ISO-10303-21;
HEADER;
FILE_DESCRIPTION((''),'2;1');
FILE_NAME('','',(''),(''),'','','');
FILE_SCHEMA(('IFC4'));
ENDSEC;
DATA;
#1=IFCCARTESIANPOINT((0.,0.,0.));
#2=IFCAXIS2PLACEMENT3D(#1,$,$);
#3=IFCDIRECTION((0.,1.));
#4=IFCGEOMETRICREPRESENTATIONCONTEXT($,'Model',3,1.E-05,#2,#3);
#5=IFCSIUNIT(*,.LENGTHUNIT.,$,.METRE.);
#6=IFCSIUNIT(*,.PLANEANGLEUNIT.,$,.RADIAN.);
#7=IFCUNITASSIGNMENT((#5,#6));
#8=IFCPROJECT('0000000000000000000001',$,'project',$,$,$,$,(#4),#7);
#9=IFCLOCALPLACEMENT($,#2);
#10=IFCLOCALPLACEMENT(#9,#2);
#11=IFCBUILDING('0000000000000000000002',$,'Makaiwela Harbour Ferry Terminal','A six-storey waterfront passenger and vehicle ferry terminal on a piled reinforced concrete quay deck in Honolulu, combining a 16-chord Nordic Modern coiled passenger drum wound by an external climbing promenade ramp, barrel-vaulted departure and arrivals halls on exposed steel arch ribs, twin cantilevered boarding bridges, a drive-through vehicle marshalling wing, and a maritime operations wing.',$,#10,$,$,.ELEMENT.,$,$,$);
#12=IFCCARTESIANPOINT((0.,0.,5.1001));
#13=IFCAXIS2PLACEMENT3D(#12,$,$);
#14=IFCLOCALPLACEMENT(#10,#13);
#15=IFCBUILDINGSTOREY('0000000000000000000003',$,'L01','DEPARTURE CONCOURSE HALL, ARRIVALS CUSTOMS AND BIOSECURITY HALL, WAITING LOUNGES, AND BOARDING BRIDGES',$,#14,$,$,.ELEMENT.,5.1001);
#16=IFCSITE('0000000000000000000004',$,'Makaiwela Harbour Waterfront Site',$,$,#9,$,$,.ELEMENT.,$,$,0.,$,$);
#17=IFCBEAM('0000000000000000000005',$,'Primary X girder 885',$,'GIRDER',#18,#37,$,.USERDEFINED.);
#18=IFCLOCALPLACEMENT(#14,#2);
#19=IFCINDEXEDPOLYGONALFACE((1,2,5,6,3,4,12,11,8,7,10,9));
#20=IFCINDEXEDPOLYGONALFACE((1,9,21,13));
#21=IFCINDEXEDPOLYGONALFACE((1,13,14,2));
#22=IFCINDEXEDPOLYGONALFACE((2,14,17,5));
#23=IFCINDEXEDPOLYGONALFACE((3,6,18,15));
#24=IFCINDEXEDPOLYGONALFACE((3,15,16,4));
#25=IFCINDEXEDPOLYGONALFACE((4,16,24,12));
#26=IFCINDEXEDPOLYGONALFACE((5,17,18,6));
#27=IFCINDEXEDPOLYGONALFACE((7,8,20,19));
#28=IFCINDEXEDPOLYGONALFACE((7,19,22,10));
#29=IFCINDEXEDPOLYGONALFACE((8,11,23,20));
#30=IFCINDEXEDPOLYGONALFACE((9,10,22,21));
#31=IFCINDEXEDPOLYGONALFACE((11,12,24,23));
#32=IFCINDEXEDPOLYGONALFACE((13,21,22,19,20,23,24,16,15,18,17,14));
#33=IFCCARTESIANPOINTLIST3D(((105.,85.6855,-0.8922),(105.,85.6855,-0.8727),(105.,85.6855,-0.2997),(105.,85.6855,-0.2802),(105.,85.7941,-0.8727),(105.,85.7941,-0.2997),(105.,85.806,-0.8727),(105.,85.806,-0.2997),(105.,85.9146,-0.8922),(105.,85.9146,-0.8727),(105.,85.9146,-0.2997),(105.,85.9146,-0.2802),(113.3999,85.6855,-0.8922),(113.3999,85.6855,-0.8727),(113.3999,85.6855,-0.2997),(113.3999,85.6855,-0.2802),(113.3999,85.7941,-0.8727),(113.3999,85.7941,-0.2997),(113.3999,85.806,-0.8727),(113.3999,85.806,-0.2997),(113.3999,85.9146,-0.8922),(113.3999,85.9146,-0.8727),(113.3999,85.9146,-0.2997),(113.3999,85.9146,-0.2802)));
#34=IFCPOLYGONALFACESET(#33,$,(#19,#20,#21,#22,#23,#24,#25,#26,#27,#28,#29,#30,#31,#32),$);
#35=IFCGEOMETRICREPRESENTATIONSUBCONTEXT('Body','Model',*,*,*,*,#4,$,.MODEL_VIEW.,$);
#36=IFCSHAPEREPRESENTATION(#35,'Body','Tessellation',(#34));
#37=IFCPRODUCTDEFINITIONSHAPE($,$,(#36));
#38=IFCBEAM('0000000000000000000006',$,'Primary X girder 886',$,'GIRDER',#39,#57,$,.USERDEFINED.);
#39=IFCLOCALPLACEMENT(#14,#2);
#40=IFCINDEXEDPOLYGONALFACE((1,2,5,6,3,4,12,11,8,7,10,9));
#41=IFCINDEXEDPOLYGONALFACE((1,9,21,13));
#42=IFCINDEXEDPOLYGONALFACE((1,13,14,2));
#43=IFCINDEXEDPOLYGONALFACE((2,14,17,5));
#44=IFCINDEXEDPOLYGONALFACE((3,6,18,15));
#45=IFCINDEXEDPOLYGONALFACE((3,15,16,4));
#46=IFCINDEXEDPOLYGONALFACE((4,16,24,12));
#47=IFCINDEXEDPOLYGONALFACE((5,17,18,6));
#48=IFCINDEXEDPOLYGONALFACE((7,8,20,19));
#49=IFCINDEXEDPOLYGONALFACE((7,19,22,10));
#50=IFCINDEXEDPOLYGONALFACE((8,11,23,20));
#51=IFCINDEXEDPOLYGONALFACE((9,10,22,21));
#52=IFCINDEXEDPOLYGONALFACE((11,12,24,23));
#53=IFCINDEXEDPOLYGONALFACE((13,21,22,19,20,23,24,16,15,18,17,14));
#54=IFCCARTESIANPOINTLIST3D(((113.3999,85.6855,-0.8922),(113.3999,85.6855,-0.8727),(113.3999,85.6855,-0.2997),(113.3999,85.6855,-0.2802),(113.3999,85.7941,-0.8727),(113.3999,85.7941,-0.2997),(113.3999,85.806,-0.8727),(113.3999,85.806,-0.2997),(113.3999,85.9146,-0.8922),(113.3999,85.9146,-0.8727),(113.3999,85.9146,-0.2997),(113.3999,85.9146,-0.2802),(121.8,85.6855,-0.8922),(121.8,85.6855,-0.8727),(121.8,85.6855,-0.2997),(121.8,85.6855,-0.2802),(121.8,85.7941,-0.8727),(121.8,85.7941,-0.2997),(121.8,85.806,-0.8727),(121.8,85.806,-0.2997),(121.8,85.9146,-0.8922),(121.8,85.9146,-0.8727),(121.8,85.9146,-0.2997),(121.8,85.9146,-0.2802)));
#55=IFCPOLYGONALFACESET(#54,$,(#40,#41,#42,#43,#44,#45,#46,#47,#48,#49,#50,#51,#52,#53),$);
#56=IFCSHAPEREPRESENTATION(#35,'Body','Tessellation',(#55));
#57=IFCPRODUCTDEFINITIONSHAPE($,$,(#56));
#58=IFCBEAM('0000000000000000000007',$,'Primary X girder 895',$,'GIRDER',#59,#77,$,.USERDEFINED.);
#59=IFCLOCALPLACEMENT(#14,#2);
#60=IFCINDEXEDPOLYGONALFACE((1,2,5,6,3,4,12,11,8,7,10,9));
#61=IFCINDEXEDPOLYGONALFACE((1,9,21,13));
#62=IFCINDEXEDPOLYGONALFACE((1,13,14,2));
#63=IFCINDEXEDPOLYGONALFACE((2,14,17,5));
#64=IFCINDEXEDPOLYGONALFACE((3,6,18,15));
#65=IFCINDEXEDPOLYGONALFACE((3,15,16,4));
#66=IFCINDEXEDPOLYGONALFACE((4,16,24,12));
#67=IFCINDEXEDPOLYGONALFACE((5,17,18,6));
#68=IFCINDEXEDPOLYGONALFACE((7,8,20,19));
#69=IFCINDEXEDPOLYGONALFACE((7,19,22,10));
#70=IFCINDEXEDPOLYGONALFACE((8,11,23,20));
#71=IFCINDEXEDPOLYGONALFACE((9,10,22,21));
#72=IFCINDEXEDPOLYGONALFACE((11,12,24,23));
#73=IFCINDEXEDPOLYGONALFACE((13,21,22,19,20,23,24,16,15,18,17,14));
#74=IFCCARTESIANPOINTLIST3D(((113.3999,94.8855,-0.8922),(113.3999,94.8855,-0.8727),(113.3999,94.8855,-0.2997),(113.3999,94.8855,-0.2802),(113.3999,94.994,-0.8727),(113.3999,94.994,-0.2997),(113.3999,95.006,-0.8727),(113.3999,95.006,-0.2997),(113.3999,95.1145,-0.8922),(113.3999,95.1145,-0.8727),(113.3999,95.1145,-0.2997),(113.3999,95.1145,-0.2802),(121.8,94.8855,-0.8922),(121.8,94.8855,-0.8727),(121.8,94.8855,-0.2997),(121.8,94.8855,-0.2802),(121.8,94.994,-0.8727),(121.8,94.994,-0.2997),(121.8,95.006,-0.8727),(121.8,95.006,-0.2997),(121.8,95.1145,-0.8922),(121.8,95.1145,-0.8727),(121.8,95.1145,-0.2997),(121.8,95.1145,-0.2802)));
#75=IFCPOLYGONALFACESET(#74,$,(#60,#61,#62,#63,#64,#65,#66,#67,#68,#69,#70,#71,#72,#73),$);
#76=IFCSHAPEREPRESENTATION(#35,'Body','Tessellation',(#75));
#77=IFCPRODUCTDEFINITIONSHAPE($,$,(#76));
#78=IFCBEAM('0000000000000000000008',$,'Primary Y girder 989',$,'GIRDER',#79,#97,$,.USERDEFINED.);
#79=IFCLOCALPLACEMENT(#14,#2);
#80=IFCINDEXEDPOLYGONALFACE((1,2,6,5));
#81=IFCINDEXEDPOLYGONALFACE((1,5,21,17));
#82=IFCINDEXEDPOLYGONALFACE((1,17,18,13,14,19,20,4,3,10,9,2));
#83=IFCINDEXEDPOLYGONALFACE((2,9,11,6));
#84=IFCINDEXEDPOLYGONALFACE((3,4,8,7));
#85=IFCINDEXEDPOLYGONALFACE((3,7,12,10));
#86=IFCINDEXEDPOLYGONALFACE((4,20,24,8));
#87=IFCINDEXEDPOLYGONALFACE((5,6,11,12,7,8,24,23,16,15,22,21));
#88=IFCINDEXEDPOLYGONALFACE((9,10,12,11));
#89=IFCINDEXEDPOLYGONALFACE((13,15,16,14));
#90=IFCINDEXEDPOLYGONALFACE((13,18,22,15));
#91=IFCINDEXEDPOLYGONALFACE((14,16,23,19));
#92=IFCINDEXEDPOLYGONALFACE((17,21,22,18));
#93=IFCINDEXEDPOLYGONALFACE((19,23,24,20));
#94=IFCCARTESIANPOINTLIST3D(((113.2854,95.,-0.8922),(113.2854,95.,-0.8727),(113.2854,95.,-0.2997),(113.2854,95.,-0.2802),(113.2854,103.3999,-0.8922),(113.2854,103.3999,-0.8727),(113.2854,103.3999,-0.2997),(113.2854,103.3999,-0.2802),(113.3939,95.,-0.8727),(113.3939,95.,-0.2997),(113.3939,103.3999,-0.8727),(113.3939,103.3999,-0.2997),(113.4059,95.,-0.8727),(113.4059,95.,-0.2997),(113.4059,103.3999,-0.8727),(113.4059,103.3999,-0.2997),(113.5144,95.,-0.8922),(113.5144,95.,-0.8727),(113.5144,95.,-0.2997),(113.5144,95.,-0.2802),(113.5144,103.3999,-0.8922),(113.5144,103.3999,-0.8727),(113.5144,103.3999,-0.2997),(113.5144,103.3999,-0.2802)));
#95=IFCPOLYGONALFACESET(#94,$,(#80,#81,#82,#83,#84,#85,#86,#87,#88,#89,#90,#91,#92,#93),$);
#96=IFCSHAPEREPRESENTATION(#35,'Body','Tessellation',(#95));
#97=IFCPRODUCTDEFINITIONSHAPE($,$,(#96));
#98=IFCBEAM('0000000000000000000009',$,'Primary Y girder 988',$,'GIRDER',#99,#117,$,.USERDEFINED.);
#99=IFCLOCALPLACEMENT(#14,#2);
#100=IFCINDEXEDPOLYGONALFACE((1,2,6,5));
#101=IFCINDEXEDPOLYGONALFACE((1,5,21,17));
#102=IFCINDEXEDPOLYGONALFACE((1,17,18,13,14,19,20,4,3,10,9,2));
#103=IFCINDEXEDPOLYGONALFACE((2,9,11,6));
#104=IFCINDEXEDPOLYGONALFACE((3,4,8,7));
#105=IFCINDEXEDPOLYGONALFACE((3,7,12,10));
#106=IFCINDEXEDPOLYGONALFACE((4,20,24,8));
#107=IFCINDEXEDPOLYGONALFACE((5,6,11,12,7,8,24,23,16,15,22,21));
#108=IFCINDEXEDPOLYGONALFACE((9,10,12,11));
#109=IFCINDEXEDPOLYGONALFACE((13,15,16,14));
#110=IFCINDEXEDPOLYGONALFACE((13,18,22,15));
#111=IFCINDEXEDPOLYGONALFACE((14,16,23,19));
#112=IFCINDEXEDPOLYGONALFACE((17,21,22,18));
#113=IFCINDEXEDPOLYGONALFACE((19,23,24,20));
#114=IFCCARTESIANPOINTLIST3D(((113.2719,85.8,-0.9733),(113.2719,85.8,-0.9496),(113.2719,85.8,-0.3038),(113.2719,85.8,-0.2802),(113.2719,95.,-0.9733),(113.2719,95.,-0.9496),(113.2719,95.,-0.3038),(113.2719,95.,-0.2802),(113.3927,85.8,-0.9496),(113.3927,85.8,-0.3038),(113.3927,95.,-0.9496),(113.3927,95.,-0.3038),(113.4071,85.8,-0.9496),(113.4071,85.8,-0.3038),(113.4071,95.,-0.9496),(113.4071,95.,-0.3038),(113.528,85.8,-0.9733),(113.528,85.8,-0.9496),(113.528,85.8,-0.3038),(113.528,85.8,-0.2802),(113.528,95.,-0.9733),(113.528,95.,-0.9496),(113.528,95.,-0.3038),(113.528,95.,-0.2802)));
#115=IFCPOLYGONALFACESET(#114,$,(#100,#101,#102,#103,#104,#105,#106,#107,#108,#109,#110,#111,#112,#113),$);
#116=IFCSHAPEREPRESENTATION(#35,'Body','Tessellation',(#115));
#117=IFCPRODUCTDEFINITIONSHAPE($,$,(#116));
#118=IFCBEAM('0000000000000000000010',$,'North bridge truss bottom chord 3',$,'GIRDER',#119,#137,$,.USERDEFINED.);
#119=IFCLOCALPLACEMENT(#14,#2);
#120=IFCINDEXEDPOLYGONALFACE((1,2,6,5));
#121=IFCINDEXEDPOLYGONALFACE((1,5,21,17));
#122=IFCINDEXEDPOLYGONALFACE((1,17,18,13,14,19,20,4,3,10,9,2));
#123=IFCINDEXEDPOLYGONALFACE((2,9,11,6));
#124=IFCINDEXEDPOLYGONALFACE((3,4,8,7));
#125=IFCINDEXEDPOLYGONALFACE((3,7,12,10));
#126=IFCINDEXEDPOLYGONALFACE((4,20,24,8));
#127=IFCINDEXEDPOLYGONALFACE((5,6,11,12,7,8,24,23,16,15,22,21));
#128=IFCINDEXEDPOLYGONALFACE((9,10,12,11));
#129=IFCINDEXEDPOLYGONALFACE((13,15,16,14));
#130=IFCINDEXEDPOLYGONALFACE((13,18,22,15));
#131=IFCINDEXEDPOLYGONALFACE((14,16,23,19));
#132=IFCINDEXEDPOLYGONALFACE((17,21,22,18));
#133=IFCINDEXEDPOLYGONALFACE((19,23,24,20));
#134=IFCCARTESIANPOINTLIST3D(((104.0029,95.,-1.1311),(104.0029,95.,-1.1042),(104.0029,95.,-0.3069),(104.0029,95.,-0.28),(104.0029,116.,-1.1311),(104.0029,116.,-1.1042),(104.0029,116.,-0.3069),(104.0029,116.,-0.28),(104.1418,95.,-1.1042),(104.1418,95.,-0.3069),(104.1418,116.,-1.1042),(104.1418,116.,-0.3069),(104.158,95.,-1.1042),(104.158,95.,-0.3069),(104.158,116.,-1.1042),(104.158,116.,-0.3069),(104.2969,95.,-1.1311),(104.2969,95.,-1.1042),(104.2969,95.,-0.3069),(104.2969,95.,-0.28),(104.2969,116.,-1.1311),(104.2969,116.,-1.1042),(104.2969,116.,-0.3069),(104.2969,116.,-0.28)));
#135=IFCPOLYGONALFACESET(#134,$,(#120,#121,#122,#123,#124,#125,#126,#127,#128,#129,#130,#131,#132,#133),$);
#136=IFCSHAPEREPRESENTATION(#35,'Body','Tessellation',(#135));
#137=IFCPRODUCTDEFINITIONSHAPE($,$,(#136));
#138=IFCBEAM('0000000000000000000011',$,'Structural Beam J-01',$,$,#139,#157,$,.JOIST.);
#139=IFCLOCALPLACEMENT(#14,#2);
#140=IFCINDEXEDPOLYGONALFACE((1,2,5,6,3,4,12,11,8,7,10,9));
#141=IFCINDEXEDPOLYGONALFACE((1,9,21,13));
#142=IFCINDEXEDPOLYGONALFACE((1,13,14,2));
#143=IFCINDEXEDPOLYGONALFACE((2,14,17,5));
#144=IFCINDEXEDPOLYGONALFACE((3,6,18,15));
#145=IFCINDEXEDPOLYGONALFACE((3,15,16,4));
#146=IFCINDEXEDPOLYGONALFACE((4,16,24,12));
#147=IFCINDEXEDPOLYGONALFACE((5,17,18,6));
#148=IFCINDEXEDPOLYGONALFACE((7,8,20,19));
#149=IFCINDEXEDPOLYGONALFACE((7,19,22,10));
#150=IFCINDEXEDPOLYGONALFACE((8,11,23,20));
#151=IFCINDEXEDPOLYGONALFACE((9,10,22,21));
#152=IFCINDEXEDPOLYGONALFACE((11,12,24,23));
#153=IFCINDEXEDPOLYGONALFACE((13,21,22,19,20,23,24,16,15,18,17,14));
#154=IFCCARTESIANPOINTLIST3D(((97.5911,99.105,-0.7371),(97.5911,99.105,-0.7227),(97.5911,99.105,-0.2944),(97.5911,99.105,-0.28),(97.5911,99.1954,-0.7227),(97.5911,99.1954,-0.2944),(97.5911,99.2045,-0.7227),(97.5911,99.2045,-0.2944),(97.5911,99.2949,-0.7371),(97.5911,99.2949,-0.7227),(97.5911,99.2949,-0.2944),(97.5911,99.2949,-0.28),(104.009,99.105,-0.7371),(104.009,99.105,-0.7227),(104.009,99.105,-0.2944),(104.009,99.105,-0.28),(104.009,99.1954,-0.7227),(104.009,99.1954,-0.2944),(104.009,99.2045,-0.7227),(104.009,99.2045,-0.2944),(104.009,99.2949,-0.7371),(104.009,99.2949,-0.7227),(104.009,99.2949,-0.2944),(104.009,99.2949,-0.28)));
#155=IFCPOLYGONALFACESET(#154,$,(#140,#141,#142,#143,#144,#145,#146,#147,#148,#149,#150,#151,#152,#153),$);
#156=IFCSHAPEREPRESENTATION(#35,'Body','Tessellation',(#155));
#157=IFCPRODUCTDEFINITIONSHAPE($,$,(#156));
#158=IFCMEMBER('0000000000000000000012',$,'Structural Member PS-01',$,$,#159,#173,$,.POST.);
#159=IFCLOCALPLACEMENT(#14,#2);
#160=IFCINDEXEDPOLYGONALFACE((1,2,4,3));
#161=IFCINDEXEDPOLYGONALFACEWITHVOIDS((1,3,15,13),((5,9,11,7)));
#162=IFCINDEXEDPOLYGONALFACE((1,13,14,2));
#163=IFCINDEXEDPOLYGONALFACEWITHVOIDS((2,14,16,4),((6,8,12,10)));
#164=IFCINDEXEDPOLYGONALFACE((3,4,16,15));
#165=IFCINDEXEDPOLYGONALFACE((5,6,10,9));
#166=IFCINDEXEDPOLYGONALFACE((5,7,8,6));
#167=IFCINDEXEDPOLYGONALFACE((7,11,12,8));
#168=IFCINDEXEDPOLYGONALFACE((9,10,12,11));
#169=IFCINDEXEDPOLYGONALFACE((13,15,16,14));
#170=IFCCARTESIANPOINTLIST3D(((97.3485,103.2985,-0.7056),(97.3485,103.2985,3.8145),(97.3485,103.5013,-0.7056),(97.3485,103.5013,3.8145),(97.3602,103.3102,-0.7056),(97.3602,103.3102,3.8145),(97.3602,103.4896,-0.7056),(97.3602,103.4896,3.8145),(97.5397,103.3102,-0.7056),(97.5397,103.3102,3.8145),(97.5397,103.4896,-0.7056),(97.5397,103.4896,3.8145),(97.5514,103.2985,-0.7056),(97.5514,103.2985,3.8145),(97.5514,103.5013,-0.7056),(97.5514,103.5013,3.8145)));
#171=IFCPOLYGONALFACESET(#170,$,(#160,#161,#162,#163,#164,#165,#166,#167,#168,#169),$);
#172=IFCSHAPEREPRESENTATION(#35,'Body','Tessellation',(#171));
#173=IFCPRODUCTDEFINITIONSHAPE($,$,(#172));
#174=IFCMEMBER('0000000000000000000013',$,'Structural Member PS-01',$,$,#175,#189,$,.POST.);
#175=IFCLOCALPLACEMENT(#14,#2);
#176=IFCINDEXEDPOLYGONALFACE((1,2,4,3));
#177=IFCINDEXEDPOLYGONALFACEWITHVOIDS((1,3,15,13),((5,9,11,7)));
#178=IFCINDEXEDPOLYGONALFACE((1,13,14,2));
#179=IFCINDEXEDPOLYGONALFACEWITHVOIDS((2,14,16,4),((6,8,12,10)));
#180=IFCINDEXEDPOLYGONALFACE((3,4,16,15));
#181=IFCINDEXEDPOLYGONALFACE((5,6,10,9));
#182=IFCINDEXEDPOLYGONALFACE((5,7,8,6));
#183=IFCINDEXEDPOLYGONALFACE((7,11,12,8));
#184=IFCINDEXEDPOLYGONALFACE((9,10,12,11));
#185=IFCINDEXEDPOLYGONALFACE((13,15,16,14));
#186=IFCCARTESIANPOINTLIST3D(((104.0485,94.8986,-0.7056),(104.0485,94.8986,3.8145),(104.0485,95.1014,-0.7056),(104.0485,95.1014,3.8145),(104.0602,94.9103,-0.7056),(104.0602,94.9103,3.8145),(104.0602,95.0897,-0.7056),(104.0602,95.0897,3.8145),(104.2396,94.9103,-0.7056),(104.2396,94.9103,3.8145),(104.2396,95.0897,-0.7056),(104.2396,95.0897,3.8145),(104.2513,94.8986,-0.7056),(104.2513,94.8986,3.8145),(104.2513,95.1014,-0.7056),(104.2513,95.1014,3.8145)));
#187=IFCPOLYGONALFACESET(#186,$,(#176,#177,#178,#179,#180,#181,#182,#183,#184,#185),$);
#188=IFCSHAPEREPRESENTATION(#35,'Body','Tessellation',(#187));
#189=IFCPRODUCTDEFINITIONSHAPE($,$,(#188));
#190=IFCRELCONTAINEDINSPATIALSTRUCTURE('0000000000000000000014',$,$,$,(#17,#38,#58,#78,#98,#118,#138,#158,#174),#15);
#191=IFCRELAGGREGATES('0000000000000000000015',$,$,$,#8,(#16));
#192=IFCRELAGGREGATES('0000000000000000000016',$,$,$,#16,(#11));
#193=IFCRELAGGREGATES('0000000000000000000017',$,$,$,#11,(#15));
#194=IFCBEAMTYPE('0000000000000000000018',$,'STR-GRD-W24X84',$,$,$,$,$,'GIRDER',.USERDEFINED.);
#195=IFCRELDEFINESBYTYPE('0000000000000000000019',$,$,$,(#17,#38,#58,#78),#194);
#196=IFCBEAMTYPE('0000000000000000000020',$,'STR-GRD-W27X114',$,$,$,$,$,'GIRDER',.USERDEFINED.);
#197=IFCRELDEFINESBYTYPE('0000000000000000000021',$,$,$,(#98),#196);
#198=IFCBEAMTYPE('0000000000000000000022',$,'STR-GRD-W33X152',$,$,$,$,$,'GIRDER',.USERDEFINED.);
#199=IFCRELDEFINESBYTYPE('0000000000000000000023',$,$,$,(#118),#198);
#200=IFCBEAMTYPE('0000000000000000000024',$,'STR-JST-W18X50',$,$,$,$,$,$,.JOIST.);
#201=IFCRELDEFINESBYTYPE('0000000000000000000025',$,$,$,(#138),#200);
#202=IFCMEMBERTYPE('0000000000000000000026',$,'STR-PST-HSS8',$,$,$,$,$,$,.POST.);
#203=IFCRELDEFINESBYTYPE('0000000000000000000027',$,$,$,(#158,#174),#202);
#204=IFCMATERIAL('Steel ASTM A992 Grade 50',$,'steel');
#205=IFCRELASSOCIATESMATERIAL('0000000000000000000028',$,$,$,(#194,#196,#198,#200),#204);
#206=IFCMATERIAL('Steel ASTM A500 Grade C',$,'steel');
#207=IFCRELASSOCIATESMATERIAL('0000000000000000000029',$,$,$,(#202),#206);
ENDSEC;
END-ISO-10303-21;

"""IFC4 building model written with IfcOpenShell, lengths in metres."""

from ifc_helpers import new_model, si_unit, direction, frame, origin, origin_2d, place, context, subcontext, project, spatial, hollow_rectangle, i_section, extrude, material, material_profile, profile_set, type_object, element, save


model = new_model("IFC4")

# Units and contexts
model_context = context("Model", 3, precision=1e-05, world=origin(), true_north=direction((0.0, 1.0)))
body_context = subcontext(model_context, "Body", "Model", "MODEL_VIEW")
ifc_project = project(units=[si_unit("LENGTHUNIT", "METRE"), si_unit("PLANEANGLEUNIT", "RADIAN")], contexts=[model_context])

# Site, building, storey
site_placement = place(None, origin())
site = spatial("IfcSite", under=ifc_project, at=site_placement, Name="Makaiwela Harbour Waterfront Site", CompositionType="ELEMENT", RefElevation=0.0)
building_placement = place(site_placement, origin())
building = spatial("IfcBuilding", under=site, at=building_placement, Name="Makaiwela Harbour Ferry Terminal", Description="A six-storey waterfront passenger and vehicle ferry terminal on a piled reinforced concrete quay deck in Honolulu, combining a 16-chord Nordic Modern coiled passenger drum wound by an external climbing promenade ramp, barrel-vaulted departure and arrivals halls on exposed steel arch ribs, twin cantilevered boarding bridges, a drive-through vehicle marshalling wing, and a maritime operations wing.", CompositionType="ELEMENT")
storey_placement = place(building_placement, frame((0.0, 0.0, 5.1001)))
storey = spatial("IfcBuildingStorey", under=building, at=storey_placement, Name="L01", Description="DEPARTURE CONCOURSE HALL, ARRIVALS CUSTOMS AND BIOSECURITY HALL, WAITING LOUNGES, AND BOARDING BRIDGES", CompositionType="ELEMENT", Elevation=5.1001)

# Shared definitions
ifc_material_1 = material(Name="Steel ASTM A992 Grade 50", Category="steel")

# Shared definitions
ifc_material_2 = material(Name="Steel ASTM A500 Grade C", Category="steel")

# Beams
ifc_material_profile_1 = material_profile(ifc_material_1, i_section(OverallWidth=0.229, OverallDepth=0.6121, WebThickness=0.012, FlangeThickness=0.0195, at=origin_2d()), Name="W24X84")
ifc_profile_set_1 = profile_set([ifc_material_profile_1], Name="Steel ASTM A992 Grade 50")
beam_type_1 = type_object("IfcBeamType", Name="STR-GRD-W24X84", ElementType="GIRDER", PredefinedType="USERDEFINED", material=ifc_profile_set_1)
beam_1_placement = place(storey_placement, frame((105.0, 85.8, -0.5862), z_axis=(1.0, 0.0, 0.0), x_axis=(0.0, 1.0, 0.0)))
element("IfcBeam", 1, at=beam_1_placement, inside=storey, type_object=beam_type_1, Name="Primary X girder 885", ObjectType="GIRDER", PredefinedType="USERDEFINED", context=body_context, shape_type="SweptSolid", body=[
    extrude(i_section(OverallWidth=0.229, OverallDepth=0.6121, WebThickness=0.012, FlangeThickness=0.0195, at=origin_2d()), origin(), (0.0, 0.0, 1.0), 8.3999),
])
for number, where, z_axis, x_axis, name in (
    (2, (113.3999, 85.8, -0.5862), (1.0, 0.0, 0.0), (0.0, 1.0, 0.0), "Primary X girder 886"),
    (3, (113.3999, 95.0, -0.5862), (1.0, 0.0, 0.0), (0.0, 1.0, 0.0), "Primary X girder 895"),
):
    element("IfcBeam", number, at=place(storey_placement, frame(where, z_axis=z_axis, x_axis=x_axis)), inside=storey, type_object=beam_type_1, Name=name, ObjectType="GIRDER", PredefinedType="USERDEFINED", context=body_context, shape_type="SweptSolid", body=[
        extrude(i_section(OverallWidth=0.229, OverallDepth=0.6121, WebThickness=0.012, FlangeThickness=0.0195, at=origin_2d()), origin(), (0.0, 0.0, 1.0), 8.4001),
    ])
beam_2_placement = place(storey_placement, frame((113.3999, 95.0, -0.5862), z_axis=(0.0, 1.0, 0.0), x_axis=(-1.0, 0.0, 0.0)))
element("IfcBeam", 4, at=beam_2_placement, inside=storey, type_object=beam_type_1, Name="Primary Y girder 989", ObjectType="GIRDER", PredefinedType="USERDEFINED", context=body_context, shape_type="SweptSolid", body=[
    extrude(i_section(OverallWidth=0.229, OverallDepth=0.6121, WebThickness=0.012, FlangeThickness=0.0195, at=origin_2d()), origin(), (0.0, 0.0, 1.0), 8.3999),
])
ifc_material_profile_2 = material_profile(ifc_material_1, i_section(OverallWidth=0.2561, OverallDepth=0.6931, WebThickness=0.0144, FlangeThickness=0.0237, at=origin_2d()), Name="W27X114")
ifc_profile_set_2 = profile_set([ifc_material_profile_2], Name="Steel ASTM A992 Grade 50")
beam_type_2 = type_object("IfcBeamType", Name="STR-GRD-W27X114", ElementType="GIRDER", PredefinedType="USERDEFINED", material=ifc_profile_set_2)
beam_3_placement = place(storey_placement, frame((113.3999, 85.8, -0.6267), z_axis=(0.0, 1.0, 0.0), x_axis=(-1.0, 0.0, 0.0)))
element("IfcBeam", 5, at=beam_3_placement, inside=storey, type_object=beam_type_2, Name="Primary Y girder 988", ObjectType="GIRDER", PredefinedType="USERDEFINED", context=body_context, shape_type="SweptSolid", body=[
    extrude(i_section(OverallWidth=0.2561, OverallDepth=0.6931, WebThickness=0.0144, FlangeThickness=0.0237, at=origin_2d()), origin(), (0.0, 0.0, 1.0), 9.2),
])
ifc_material_profile_3 = material_profile(ifc_material_1, i_section(OverallWidth=0.2939, OverallDepth=0.8511, WebThickness=0.0161, FlangeThickness=0.0269, at=origin_2d()), Name="W33X152")
ifc_profile_set_3 = profile_set([ifc_material_profile_3], Name="Steel ASTM A992 Grade 50")
beam_type_3 = type_object("IfcBeamType", Name="STR-GRD-W33X152", ElementType="GIRDER", PredefinedType="USERDEFINED", material=ifc_profile_set_3)
beam_4_placement = place(storey_placement, frame((104.1499, 95.0, -0.7056), z_axis=(0.0, 1.0, 0.0), x_axis=(-1.0, 0.0, 0.0)))
element("IfcBeam", 6, at=beam_4_placement, inside=storey, type_object=beam_type_3, Name="North bridge truss bottom chord 3", ObjectType="GIRDER", PredefinedType="USERDEFINED", context=body_context, shape_type="SweptSolid", body=[
    extrude(i_section(OverallWidth=0.2939, OverallDepth=0.8511, WebThickness=0.0161, FlangeThickness=0.0269, at=origin_2d()), origin(), (0.0, 0.0, 1.0), 21.0),
])
ifc_material_profile_4 = material_profile(ifc_material_1, i_section(OverallWidth=0.1899, OverallDepth=0.457, WebThickness=0.009, FlangeThickness=0.0144, at=origin_2d()), Name="W18X50")
ifc_profile_set_4 = profile_set([ifc_material_profile_4], Name="Steel ASTM A992 Grade 50")
beam_type_4 = type_object("IfcBeamType", Name="STR-JST-W18X50", PredefinedType="JOIST", material=ifc_profile_set_4)
beam_5_placement = place(storey_placement, frame((97.5911, 99.2, -0.5085), z_axis=(1.0, 0.0, 0.0), x_axis=(0.0, 1.0, 0.0)))
element("IfcBeam", 7, at=beam_5_placement, inside=storey, type_object=beam_type_4, Name="Structural Beam J-01", PredefinedType="JOIST", context=body_context, shape_type="SweptSolid", body=[
    extrude(i_section(OverallWidth=0.1899, OverallDepth=0.457, WebThickness=0.009, FlangeThickness=0.0144, at=origin_2d()), origin(), (0.0, 0.0, 1.0), 6.418),
])

# Members
ifc_material_profile_5 = material_profile(ifc_material_2, hollow_rectangle(XDim=0.2029, YDim=0.2029, WallThickness=0.0117, at=origin_2d()), Name="HSS8X8X1/2")
ifc_profile_set_5 = profile_set([ifc_material_profile_5], Name="Steel ASTM A500 Grade C")
member_type_1 = type_object("IfcMemberType", Name="STR-PST-HSS8", PredefinedType="POST", material=ifc_profile_set_5)
for number, where, z_axis, x_axis, name in (
    (8, (97.45, 103.3999, -0.7056), (0.0, 0.0, 1.0), (1.0, 0.0, 0.0), "Structural Member PS-01"),
    (9, (104.1499, 95.0, -0.7056), (0.0, 0.0, 1.0), (1.0, 0.0, 0.0), "Structural Member PS-01"),
):
    element("IfcMember", number, at=place(storey_placement, frame(where, z_axis=z_axis, x_axis=x_axis)), inside=storey, type_object=member_type_1, Name=name, PredefinedType="POST", context=body_context, shape_type="SweptSolid", body=[
        extrude(hollow_rectangle(XDim=0.2029, YDim=0.2029, WallThickness=0.0117, at=origin_2d()), origin(), (0.0, 0.0, 1.0), 4.52),
    ])

save(model, "model.ifc")
